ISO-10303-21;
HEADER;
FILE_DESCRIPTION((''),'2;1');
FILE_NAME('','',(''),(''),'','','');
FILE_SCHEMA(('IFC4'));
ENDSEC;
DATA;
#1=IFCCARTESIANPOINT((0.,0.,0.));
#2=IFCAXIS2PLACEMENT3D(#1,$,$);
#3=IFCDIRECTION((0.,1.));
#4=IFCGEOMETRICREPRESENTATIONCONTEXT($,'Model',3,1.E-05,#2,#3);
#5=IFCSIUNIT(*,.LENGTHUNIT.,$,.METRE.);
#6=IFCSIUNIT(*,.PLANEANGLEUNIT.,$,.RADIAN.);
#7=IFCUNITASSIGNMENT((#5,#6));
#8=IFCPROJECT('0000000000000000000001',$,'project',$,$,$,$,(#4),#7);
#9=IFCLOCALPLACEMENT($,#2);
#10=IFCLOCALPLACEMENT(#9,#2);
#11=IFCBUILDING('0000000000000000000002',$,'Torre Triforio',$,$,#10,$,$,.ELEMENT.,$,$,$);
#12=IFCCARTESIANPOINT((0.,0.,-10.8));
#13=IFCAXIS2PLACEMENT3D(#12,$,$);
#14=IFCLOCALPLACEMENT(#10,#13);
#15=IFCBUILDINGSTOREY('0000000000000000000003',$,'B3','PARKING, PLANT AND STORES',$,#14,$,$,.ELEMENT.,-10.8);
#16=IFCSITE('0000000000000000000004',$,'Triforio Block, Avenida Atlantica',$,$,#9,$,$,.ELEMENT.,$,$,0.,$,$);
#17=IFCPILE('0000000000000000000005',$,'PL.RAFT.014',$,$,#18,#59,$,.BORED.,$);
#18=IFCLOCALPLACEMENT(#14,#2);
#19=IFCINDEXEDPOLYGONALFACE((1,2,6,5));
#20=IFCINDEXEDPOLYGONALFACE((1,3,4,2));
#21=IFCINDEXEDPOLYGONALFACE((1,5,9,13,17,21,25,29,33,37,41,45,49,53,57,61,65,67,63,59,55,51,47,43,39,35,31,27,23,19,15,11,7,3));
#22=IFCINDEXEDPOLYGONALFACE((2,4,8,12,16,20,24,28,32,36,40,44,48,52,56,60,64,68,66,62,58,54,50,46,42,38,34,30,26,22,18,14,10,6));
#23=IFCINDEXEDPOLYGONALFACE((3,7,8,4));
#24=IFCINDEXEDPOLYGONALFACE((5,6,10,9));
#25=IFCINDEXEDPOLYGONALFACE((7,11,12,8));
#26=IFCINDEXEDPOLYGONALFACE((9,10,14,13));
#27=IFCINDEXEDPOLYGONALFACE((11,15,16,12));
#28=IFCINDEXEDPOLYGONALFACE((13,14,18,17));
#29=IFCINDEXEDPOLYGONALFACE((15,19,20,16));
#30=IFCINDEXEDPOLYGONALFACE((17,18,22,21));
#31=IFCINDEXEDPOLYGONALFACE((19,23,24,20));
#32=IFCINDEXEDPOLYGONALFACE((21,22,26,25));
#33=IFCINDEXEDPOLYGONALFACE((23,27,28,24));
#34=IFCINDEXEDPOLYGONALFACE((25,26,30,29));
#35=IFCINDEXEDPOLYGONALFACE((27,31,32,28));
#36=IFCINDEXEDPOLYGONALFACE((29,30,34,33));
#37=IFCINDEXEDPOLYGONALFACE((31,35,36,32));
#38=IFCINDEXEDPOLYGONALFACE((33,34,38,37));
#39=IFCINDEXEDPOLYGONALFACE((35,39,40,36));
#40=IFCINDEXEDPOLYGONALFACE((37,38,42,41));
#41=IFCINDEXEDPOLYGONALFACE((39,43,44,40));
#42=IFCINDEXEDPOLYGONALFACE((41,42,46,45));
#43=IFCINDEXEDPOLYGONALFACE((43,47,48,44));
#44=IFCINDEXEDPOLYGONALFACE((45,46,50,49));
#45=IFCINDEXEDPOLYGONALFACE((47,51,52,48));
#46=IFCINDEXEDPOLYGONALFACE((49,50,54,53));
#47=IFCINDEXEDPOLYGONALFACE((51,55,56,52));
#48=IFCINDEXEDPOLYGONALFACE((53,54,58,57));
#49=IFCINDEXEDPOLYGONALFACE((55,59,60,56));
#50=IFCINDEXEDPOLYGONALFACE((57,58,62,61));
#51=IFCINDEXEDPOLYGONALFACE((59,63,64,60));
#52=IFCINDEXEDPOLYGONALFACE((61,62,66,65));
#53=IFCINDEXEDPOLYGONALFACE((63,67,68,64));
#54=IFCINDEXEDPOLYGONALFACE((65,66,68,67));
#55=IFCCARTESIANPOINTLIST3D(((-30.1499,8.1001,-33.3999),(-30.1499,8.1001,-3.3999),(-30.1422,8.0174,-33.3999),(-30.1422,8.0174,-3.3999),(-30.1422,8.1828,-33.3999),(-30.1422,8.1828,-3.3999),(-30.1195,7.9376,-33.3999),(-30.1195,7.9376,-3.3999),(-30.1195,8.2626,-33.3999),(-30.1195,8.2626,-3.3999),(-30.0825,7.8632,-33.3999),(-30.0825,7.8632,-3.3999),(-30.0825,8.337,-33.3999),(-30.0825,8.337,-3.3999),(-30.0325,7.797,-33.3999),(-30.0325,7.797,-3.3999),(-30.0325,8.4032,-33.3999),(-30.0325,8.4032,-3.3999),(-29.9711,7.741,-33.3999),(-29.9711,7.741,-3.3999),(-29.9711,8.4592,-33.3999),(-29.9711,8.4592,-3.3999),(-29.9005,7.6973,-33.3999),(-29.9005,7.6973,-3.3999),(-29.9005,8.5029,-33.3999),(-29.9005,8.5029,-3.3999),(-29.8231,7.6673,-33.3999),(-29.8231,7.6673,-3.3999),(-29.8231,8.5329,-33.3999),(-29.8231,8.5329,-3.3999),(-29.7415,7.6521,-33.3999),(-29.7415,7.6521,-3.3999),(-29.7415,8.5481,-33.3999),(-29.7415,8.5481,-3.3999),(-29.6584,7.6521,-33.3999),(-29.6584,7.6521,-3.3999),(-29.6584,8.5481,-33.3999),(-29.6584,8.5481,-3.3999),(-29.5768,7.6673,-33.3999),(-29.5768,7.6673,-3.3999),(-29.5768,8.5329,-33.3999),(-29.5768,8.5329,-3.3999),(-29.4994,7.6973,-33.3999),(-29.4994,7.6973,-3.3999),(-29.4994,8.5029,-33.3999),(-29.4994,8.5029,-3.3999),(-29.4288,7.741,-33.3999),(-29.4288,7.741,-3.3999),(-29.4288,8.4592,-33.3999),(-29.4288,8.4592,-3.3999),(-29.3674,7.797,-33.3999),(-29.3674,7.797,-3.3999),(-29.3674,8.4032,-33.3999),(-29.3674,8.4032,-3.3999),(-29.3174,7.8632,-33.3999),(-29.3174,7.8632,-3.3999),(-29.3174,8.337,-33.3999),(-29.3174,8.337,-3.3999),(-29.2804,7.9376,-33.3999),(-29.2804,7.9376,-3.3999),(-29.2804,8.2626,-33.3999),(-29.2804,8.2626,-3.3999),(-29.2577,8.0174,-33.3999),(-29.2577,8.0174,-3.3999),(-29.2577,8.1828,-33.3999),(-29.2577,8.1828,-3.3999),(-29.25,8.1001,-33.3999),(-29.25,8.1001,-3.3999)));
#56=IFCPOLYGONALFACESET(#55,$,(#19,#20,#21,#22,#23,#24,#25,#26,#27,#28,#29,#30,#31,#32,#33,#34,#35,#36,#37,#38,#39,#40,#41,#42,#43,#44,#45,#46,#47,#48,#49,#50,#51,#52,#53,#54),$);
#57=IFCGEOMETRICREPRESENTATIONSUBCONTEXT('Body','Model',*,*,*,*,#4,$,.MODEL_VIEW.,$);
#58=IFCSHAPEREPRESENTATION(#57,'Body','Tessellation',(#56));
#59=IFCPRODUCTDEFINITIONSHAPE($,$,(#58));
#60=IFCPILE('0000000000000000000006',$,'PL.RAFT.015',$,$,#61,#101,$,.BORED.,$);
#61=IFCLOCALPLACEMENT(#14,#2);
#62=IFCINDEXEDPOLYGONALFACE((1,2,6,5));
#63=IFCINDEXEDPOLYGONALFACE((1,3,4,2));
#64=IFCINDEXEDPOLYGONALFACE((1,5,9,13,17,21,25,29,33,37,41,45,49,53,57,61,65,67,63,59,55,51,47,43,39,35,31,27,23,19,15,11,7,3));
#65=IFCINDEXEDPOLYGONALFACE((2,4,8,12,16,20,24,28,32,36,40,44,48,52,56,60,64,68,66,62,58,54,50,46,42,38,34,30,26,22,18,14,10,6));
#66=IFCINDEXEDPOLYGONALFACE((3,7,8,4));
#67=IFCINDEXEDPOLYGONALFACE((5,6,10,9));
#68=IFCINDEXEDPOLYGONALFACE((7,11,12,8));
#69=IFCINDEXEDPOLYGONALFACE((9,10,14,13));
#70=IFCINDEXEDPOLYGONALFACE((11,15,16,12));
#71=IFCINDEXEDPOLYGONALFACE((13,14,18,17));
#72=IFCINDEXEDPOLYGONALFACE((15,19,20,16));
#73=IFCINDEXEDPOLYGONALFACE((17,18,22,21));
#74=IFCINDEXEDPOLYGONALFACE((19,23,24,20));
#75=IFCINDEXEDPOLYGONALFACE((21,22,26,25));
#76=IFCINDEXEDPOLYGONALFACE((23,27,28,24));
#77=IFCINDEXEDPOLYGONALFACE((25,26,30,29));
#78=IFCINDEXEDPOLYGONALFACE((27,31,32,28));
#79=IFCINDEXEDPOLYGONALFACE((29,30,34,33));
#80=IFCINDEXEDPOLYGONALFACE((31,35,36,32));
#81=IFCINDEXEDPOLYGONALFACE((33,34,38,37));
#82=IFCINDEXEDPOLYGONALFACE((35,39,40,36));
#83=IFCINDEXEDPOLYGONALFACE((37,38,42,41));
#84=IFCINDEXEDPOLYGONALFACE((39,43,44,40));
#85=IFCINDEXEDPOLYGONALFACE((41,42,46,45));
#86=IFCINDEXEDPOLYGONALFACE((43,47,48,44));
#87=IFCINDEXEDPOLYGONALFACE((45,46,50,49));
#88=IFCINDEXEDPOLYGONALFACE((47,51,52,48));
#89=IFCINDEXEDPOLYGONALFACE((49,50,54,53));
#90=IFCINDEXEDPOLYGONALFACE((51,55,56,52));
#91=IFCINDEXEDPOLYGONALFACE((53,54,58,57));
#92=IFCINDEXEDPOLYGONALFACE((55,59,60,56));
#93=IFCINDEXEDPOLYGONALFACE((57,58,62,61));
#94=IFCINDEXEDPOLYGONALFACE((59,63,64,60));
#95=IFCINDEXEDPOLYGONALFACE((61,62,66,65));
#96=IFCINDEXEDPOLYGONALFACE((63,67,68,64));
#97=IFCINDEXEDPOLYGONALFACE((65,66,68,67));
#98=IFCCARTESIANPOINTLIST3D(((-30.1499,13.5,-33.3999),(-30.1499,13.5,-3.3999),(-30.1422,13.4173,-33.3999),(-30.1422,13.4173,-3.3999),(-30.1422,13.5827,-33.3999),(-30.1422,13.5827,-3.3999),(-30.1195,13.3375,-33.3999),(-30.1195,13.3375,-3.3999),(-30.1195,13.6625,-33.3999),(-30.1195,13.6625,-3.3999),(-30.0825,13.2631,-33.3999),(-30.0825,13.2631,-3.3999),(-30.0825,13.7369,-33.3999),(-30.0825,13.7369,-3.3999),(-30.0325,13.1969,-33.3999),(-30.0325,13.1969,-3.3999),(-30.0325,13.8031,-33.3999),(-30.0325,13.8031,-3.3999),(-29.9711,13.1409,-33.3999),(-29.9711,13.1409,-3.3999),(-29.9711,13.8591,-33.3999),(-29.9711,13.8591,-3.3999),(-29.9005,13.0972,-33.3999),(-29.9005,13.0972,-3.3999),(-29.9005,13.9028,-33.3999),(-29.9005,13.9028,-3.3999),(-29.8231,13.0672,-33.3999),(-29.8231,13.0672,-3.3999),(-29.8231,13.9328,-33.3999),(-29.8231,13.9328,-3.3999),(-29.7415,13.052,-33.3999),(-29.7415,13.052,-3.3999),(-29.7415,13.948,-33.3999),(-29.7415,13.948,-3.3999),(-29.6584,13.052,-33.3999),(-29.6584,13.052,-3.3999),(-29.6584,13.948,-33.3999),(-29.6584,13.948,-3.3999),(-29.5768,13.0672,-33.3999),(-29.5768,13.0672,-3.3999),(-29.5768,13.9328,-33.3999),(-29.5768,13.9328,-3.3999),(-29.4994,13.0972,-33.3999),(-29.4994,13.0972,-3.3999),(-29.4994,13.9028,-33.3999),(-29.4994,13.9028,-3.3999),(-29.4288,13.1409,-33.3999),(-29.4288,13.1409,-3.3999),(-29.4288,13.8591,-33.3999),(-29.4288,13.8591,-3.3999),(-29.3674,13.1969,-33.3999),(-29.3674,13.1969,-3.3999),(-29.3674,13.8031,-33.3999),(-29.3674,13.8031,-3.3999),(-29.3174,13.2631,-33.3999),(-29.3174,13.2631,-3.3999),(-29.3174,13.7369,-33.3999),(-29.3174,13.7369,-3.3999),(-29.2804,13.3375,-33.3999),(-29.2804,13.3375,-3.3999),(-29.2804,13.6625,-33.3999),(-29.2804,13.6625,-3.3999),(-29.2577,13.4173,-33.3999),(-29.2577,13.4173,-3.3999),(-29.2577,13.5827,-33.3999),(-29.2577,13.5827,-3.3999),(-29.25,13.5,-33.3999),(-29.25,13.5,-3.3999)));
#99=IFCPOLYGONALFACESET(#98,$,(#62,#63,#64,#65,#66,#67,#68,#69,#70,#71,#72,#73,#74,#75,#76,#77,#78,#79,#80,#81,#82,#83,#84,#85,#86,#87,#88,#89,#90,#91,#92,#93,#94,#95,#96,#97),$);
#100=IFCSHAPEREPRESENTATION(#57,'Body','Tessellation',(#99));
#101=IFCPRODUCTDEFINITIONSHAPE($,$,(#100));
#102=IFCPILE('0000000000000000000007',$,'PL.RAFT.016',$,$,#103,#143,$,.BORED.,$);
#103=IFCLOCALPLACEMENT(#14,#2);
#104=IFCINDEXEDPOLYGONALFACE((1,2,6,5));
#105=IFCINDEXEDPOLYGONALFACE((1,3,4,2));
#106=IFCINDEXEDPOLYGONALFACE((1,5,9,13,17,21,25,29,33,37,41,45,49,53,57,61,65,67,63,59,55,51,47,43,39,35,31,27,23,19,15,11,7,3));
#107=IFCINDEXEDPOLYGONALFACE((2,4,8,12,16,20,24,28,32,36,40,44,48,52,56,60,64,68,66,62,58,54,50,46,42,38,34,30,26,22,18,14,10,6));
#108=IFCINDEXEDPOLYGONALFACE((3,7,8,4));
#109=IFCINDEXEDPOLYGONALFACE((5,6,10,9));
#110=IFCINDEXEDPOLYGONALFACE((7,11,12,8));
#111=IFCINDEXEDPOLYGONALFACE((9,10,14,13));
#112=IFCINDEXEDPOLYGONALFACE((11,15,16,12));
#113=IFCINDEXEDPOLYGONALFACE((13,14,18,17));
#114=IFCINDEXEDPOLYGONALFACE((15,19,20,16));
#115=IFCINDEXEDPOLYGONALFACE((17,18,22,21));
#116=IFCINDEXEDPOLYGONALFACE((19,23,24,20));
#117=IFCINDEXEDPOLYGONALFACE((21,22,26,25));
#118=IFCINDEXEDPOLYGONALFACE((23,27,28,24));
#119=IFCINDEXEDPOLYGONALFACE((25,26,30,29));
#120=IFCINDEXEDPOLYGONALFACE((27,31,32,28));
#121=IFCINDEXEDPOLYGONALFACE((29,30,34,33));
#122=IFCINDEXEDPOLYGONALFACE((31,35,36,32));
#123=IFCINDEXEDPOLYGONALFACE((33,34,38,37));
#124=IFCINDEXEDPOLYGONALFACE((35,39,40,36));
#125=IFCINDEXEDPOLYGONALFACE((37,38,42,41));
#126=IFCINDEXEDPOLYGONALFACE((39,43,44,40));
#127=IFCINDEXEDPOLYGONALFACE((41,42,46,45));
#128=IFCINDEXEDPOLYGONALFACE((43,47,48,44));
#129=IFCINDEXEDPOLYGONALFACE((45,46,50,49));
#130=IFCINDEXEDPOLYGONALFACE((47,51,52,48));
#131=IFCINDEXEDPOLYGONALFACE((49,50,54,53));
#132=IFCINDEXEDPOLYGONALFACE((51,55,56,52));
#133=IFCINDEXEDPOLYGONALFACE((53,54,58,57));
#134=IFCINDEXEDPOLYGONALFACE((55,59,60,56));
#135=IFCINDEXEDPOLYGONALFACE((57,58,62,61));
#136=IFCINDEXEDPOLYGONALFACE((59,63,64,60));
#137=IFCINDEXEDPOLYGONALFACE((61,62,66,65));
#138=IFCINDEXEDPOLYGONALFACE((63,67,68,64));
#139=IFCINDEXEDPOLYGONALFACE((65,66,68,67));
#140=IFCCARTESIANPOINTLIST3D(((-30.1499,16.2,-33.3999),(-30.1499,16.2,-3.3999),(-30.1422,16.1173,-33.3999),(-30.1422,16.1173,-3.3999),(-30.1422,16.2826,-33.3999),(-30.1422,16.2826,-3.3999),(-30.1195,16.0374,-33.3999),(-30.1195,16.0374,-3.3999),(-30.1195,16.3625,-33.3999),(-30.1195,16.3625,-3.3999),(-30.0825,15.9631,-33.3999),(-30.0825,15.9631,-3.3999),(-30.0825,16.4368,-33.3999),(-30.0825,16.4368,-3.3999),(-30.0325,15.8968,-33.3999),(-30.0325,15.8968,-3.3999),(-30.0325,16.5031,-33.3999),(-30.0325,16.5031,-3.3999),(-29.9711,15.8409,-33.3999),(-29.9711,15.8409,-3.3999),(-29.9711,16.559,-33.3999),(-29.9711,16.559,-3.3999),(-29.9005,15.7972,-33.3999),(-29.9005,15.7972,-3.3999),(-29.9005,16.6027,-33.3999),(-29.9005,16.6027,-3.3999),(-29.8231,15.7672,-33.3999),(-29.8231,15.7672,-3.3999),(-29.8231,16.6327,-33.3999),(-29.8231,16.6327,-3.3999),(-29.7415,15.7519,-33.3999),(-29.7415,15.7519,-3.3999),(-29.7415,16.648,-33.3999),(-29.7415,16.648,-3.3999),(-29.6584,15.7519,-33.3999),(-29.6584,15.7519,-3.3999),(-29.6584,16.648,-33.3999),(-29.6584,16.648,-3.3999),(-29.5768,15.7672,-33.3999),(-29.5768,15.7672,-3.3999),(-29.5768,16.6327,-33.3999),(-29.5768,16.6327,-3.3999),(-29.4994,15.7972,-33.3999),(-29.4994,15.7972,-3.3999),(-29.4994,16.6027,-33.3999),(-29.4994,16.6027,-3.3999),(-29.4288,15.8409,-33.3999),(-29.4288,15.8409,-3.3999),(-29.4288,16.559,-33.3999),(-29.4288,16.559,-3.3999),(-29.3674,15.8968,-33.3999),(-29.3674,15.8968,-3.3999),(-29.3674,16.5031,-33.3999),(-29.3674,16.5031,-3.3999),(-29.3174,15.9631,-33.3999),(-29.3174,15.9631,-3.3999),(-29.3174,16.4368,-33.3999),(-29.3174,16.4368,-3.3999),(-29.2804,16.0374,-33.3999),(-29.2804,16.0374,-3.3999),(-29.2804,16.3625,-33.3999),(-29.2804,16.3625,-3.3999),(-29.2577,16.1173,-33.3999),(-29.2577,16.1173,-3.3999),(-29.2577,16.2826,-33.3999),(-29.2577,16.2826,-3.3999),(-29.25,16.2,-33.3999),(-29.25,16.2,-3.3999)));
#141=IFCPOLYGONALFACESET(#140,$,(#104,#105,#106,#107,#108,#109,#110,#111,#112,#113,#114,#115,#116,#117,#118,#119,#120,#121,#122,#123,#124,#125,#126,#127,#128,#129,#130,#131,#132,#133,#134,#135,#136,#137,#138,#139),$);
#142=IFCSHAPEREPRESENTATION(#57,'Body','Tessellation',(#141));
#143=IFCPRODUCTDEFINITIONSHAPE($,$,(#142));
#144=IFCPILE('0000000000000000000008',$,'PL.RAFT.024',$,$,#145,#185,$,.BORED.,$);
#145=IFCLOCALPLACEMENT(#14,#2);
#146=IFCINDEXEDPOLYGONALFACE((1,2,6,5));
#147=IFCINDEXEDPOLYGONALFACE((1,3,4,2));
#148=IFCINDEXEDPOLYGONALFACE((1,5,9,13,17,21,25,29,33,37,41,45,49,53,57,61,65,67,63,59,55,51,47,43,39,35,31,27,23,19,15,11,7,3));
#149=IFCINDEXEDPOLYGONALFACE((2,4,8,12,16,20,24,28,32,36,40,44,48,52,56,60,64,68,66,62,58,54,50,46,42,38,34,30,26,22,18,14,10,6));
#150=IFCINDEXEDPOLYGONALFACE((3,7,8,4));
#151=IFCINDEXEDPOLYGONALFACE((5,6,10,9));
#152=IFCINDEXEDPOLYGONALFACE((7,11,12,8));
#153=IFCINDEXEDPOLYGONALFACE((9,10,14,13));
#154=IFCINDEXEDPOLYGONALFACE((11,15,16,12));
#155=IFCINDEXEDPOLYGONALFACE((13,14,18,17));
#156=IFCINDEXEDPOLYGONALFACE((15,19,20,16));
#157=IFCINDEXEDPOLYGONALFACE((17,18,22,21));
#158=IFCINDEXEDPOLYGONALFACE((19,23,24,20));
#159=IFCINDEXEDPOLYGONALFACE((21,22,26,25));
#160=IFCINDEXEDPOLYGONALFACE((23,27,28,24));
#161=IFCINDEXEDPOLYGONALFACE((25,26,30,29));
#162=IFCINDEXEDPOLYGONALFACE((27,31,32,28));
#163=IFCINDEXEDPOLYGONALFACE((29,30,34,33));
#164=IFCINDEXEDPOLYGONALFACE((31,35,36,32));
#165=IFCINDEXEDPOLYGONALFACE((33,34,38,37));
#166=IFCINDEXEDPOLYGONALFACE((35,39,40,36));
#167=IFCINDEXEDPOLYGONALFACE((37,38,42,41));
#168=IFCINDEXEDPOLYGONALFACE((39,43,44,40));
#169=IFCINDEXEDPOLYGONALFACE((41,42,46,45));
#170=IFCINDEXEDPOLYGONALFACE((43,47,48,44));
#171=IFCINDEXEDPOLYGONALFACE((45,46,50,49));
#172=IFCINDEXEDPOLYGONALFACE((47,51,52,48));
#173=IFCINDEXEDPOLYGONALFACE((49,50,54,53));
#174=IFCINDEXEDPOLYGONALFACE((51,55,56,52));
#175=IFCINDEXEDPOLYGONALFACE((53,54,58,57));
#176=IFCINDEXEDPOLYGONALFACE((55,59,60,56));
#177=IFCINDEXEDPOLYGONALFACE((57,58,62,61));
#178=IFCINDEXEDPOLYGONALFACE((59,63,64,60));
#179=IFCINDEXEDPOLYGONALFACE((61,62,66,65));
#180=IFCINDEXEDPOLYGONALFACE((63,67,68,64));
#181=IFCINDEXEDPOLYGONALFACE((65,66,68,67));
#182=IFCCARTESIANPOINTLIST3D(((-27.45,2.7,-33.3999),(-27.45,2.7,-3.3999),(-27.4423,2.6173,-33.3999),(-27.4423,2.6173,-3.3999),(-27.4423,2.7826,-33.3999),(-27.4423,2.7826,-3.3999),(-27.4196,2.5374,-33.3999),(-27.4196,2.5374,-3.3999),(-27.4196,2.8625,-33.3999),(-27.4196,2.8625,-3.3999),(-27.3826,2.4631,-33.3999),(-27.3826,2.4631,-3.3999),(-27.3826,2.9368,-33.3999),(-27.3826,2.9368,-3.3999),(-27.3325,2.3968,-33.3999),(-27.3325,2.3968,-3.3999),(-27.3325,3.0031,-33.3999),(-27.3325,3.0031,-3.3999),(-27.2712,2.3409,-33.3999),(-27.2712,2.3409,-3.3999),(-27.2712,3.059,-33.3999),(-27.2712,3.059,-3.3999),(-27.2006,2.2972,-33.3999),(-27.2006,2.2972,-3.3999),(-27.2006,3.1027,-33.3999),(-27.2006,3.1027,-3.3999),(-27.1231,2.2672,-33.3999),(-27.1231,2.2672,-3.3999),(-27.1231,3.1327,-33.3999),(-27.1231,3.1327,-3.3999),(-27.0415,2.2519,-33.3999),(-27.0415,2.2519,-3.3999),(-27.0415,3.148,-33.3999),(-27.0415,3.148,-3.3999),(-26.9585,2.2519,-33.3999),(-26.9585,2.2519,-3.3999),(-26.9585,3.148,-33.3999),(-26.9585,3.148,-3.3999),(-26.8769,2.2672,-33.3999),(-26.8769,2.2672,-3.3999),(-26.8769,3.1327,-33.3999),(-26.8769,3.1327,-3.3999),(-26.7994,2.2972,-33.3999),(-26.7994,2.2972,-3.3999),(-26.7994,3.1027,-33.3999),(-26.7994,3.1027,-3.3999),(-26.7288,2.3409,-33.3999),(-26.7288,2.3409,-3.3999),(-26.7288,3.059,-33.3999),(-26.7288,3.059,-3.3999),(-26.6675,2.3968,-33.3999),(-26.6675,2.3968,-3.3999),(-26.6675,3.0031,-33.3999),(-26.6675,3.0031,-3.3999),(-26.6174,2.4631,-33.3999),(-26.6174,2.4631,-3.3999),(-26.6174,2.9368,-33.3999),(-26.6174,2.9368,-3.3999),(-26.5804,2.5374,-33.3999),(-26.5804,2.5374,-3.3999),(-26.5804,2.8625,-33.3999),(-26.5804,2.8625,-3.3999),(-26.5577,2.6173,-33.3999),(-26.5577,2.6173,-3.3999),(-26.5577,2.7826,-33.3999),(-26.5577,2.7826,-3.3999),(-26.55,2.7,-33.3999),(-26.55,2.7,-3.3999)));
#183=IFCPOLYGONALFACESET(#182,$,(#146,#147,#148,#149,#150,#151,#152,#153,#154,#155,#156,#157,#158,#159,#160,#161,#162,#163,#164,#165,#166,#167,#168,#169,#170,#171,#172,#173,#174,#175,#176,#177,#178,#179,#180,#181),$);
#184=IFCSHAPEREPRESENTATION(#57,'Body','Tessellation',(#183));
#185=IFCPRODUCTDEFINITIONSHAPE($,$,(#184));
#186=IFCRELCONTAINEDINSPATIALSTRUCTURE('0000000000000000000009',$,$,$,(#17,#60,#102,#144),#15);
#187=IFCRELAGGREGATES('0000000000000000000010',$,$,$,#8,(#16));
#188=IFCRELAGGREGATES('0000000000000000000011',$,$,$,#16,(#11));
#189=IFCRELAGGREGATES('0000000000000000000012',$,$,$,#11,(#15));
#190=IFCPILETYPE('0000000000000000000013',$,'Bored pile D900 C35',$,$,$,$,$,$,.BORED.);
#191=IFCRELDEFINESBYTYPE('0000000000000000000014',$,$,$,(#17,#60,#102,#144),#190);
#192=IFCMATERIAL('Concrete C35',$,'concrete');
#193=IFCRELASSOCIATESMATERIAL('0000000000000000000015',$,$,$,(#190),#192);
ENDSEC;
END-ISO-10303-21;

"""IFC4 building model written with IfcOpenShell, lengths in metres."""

from ifc_helpers import new_model, si_unit, direction, frame, origin, origin_2d, place, context, subcontext, project, spatial, circle, extrude, material, material_profile, profile_set, type_object, element, save


model = new_model("IFC4")

# Units and contexts
model_context = context("Model", 3, precision=1e-05, world=origin(), true_north=direction((0.0, 1.0)))
body_context = subcontext(model_context, "Body", "Model", "MODEL_VIEW")
ifc_project = project(units=[si_unit("LENGTHUNIT", "METRE"), si_unit("PLANEANGLEUNIT", "RADIAN")], contexts=[model_context])

# Site, building, storey
site_placement = place(None, origin())
site = spatial("IfcSite", under=ifc_project, at=site_placement, Name="Triforio Block, Avenida Atlantica", CompositionType="ELEMENT", RefElevation=0.0)
building_placement = place(site_placement, origin())
building = spatial("IfcBuilding", under=site, at=building_placement, Name="Torre Triforio", CompositionType="ELEMENT")
storey_placement = place(building_placement, frame((0.0, 0.0, -10.8)))
storey = spatial("IfcBuildingStorey", under=building, at=storey_placement, Name="B3", Description="PARKING, PLANT AND STORES", CompositionType="ELEMENT", Elevation=-10.8)

# Piles
ifc_material_1 = material(Name="Concrete C35", Category="concrete")
ifc_material_profile_1 = material_profile(ifc_material_1, circle(Radius=0.45, at=origin_2d()), Name="RC D900")
ifc_profile_set_1 = profile_set([ifc_material_profile_1], Name="Concrete C35")
pile_type = type_object("IfcPileType", Name="Bored pile D900 C35", PredefinedType="BORED", material=ifc_profile_set_1)
for number, where, z_axis, x_axis, name in (
    (1, (-29.7, 8.1001, -3.3999), (0.0, 0.0, -1.0), (1.0, 0.0, 0.0), "PL.RAFT.014"),
    (2, (-29.7, 13.5, -3.3999), (0.0, 0.0, -1.0), (1.0, 0.0, 0.0), "PL.RAFT.015"),
    (3, (-29.7, 16.2, -3.3999), (0.0, 0.0, -1.0), (1.0, 0.0, 0.0), "PL.RAFT.016"),
    (4, (-27.0, 2.7, -3.3999), (0.0, 0.0, -1.0), (1.0, 0.0, 0.0), "PL.RAFT.024"),
):
    element("IfcPile", number, at=place(storey_placement, frame(where, z_axis=z_axis, x_axis=x_axis)), inside=storey, type_object=pile_type, Name=name, PredefinedType="BORED", context=body_context, shape_type="SweptSolid", body=[
        extrude(circle(Radius=0.45, at=origin_2d()), origin(), (0.0, 0.0, 1.0), 30.0),
    ])

save(model, "model.ifc")
